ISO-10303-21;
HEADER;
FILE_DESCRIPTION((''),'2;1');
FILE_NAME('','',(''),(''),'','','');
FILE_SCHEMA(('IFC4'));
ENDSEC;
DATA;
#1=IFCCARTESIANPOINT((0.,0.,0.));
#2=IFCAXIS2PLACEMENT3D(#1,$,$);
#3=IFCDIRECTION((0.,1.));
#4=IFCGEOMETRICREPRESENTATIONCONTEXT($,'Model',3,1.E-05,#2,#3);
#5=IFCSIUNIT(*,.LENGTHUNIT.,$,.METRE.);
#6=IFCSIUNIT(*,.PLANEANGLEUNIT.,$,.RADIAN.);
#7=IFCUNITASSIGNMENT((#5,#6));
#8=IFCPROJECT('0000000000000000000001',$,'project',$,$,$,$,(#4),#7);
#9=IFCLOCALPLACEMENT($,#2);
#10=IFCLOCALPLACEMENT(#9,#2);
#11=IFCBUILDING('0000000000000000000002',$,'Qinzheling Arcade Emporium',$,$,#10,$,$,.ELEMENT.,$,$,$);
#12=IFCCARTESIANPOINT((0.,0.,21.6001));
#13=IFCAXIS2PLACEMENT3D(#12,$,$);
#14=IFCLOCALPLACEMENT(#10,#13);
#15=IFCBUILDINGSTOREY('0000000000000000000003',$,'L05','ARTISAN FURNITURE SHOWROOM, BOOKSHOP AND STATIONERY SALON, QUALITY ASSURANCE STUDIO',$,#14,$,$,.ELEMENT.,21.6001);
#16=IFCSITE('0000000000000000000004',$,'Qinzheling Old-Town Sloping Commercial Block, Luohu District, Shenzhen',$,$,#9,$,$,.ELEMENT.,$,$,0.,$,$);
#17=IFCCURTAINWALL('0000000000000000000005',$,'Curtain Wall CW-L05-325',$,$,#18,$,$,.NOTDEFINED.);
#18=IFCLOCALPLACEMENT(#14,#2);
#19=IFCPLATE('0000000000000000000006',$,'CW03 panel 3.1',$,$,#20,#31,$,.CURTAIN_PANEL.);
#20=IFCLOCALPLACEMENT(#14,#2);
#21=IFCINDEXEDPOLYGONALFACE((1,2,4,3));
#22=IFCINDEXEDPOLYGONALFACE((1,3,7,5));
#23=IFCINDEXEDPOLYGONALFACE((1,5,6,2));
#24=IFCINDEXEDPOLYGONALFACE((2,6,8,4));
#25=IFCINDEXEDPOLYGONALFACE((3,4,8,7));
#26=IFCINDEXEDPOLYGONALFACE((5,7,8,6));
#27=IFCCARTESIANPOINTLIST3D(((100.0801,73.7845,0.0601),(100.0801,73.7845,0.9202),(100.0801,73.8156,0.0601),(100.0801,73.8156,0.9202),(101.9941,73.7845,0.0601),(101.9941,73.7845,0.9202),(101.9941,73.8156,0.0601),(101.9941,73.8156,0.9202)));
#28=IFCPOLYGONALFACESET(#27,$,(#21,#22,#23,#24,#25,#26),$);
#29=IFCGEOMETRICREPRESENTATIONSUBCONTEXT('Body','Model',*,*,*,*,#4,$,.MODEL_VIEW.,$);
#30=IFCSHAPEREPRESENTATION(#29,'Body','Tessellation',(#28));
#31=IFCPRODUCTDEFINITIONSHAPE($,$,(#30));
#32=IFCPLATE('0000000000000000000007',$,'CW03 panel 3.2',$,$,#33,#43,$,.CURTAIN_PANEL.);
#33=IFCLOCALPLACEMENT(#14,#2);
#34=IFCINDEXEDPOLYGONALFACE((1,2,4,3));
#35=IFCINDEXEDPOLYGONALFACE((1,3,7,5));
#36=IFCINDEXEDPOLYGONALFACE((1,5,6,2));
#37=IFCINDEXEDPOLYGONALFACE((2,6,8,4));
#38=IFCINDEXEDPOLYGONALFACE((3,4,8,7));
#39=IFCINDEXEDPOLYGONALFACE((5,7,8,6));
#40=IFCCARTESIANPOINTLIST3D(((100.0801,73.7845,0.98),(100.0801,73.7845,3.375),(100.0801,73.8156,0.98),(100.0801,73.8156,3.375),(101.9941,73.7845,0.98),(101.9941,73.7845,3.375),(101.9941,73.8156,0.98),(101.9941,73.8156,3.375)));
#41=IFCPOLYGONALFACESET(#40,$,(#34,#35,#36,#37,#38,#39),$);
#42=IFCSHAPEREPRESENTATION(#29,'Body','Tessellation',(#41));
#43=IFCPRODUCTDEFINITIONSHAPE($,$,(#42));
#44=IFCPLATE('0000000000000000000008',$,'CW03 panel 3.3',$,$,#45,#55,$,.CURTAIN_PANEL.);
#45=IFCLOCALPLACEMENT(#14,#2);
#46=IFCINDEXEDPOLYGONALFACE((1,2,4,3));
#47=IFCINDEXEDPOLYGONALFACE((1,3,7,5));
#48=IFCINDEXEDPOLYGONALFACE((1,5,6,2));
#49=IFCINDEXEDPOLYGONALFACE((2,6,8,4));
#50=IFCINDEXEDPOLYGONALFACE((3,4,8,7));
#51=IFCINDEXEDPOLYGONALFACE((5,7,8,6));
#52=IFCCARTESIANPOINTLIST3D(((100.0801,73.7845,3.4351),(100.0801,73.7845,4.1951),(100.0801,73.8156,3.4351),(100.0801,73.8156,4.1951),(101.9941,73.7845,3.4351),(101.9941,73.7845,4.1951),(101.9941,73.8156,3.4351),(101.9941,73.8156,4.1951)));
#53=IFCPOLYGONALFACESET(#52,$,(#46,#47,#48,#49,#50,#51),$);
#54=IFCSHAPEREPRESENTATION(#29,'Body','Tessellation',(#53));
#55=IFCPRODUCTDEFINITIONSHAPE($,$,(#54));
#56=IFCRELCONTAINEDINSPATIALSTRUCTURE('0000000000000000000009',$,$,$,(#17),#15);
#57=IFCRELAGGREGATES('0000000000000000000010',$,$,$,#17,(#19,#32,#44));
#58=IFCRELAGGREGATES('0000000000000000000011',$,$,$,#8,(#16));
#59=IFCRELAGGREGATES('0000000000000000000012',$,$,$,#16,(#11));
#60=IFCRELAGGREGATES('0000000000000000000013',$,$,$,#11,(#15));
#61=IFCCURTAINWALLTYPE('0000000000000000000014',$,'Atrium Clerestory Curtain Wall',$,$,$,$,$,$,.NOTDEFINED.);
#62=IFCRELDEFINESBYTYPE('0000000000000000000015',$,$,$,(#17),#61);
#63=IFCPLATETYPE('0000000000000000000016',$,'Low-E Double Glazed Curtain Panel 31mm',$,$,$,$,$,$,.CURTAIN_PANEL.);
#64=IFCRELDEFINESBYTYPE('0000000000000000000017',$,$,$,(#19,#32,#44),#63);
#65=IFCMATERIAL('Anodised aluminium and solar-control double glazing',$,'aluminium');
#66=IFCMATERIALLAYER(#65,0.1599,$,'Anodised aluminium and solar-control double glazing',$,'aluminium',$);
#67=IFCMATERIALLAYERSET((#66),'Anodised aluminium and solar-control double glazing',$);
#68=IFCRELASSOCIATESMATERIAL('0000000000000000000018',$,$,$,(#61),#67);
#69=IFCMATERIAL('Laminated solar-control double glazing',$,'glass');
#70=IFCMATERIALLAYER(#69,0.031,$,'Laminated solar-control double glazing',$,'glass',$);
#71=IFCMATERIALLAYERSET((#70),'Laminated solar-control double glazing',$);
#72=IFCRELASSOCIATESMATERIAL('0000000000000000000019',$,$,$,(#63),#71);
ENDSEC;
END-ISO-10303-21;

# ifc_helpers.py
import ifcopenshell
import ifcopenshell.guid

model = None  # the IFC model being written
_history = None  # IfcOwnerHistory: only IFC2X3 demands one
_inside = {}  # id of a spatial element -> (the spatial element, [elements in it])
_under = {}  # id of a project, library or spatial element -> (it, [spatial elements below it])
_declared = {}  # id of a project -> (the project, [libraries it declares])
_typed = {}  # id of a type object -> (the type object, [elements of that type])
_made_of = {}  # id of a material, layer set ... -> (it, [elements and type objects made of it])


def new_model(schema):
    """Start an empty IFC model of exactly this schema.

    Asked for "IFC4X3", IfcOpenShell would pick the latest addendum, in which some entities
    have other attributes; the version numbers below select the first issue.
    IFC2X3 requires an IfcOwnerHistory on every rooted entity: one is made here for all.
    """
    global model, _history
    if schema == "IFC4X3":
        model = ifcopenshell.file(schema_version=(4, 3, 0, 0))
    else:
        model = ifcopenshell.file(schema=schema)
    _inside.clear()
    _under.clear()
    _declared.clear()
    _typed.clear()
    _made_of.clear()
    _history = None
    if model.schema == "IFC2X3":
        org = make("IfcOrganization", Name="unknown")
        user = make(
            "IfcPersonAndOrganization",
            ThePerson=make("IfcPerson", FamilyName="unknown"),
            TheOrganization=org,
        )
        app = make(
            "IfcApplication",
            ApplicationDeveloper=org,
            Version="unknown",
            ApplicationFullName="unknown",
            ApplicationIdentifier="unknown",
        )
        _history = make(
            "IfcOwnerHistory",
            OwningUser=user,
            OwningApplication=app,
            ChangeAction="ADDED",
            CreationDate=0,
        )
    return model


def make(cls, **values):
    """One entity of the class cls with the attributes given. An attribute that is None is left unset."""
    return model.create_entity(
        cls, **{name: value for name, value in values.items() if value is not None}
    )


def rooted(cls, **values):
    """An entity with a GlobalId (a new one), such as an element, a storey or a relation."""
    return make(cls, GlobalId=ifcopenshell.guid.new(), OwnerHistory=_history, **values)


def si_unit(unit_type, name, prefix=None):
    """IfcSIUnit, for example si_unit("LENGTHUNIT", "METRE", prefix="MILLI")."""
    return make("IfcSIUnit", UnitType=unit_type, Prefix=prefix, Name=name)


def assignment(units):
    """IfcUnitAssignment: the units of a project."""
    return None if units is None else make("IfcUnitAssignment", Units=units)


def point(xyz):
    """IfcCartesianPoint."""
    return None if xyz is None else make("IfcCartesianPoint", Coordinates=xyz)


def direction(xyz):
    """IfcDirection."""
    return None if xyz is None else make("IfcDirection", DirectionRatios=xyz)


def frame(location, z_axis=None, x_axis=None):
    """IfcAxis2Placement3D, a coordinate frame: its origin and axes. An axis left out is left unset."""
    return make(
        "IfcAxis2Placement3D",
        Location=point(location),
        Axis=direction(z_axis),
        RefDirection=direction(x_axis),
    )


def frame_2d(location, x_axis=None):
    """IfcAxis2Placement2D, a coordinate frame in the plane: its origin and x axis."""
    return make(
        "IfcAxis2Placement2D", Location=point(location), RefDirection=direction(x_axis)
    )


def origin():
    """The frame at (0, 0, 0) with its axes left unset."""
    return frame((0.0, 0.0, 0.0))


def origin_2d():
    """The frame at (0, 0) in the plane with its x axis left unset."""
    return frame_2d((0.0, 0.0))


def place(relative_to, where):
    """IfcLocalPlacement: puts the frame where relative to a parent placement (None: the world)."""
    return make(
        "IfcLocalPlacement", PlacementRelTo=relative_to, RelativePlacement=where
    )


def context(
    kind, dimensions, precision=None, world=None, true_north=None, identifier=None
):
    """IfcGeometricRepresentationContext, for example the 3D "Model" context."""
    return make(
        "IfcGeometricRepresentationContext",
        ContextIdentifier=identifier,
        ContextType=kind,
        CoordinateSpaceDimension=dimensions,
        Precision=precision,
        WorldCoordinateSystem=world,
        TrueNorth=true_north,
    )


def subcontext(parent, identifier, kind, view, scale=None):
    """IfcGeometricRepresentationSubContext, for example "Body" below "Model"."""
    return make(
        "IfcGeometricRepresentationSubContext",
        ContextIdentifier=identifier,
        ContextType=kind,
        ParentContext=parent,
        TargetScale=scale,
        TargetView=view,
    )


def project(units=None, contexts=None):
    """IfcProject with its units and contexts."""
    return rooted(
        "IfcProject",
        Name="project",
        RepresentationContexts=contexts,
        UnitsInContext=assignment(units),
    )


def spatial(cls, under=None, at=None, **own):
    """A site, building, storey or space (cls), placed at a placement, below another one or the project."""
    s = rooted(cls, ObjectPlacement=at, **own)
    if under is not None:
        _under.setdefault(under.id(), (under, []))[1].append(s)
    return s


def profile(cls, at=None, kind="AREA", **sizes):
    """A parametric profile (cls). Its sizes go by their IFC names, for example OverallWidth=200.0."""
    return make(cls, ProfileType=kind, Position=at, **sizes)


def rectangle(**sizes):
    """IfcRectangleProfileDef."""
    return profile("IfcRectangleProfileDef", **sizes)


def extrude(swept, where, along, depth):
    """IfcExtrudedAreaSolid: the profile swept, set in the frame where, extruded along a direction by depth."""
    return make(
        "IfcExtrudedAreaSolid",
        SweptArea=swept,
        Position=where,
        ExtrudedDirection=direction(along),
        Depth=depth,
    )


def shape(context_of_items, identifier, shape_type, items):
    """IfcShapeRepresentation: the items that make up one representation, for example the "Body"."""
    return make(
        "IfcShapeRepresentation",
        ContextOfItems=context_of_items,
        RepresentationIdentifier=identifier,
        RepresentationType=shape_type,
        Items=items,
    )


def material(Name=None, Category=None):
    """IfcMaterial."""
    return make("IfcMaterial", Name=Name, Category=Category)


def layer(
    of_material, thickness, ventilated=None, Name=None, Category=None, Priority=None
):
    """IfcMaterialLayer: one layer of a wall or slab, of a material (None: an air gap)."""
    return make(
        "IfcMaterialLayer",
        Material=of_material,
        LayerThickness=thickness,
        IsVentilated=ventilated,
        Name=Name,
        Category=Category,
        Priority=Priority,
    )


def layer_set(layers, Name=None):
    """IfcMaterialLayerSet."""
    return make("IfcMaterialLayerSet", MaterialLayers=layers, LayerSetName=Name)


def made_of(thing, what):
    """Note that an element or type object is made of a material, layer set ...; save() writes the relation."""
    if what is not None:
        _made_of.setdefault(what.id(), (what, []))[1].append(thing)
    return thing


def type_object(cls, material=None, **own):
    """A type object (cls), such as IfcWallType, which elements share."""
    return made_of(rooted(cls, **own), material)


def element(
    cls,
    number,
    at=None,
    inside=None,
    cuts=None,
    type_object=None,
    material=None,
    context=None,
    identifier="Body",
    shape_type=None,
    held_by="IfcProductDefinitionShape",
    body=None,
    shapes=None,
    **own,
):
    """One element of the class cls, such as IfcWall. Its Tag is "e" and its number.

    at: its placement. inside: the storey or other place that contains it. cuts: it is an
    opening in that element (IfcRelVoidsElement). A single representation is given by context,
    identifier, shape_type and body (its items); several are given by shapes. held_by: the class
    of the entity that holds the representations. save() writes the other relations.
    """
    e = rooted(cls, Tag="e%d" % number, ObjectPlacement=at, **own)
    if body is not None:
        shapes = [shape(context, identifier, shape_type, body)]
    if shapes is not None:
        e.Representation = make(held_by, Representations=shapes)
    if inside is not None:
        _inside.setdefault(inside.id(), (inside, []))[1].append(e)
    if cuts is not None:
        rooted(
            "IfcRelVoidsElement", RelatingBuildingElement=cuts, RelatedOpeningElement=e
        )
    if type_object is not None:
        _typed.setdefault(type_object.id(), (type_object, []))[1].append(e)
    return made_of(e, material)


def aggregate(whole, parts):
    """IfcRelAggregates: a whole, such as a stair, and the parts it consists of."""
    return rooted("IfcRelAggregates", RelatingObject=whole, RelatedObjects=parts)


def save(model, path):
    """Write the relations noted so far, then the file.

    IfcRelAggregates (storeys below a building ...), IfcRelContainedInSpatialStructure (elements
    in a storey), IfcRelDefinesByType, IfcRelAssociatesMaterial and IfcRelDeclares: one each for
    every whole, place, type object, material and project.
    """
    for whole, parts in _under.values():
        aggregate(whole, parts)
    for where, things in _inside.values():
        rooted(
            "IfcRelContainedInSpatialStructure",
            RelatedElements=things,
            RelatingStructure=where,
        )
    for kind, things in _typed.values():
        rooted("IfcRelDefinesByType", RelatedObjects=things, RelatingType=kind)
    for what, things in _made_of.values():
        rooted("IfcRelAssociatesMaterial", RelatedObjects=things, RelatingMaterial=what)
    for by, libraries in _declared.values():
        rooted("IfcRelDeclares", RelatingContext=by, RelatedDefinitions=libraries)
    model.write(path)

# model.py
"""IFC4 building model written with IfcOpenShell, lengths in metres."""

from ifc_helpers import new_model, si_unit, direction, frame, origin, origin_2d, place, context, subcontext, project, spatial, rectangle, extrude, material, layer, layer_set, type_object, element, aggregate, save


model = new_model("IFC4")

# Units and contexts
model_context = context("Model", 3, precision=1e-05, world=origin(), true_north=direction((0.0, 1.0)))
body_context = subcontext(model_context, "Body", "Model", "MODEL_VIEW")
ifc_project = project(units=[si_unit("LENGTHUNIT", "METRE"), si_unit("PLANEANGLEUNIT", "RADIAN")], contexts=[model_context])

# Site, building, storey
site_placement = place(None, origin())
site = spatial("IfcSite", under=ifc_project, at=site_placement, Name="Qinzheling Old-Town Sloping Commercial Block, Luohu District, Shenzhen", CompositionType="ELEMENT", RefElevation=0.0)
building_placement = place(site_placement, origin())
building = spatial("IfcBuilding", under=site, at=building_placement, Name="Qinzheling Arcade Emporium", CompositionType="ELEMENT")
storey_placement = place(building_placement, frame((0.0, 0.0, 21.6001)))
storey = spatial("IfcBuildingStorey", under=building, at=storey_placement, Name="L05", Description="ARTISAN FURNITURE SHOWROOM, BOOKSHOP AND STATIONERY SALON, QUALITY ASSURANCE STUDIO", CompositionType="ELEMENT", Elevation=21.6001)

# Shared definitions
ifc_material_1 = material(Name="Anodised aluminium and solar-control double glazing", Category="aluminium")
ifc_layer_1 = layer(ifc_material_1, 0.1599, Name="Anodised aluminium and solar-control double glazing", Category="aluminium")
ifc_layer_set_1 = layer_set([ifc_layer_1], Name="Anodised aluminium and solar-control double glazing")
curtain_wall_type = type_object("IfcCurtainWallType", Name="Atrium Clerestory Curtain Wall", PredefinedType="NOTDEFINED", material=ifc_layer_set_1)

# Curtain wall
curtain_wall_1_placement = place(storey_placement, origin())
curtain_wall_1 = element("IfcCurtainWall", 1, at=curtain_wall_1_placement, inside=storey, type_object=curtain_wall_type, Name="Curtain Wall CW-L05-325", PredefinedType="NOTDEFINED")

# Plates
ifc_material_2 = material(Name="Laminated solar-control double glazing", Category="glass")
ifc_layer_2 = layer(ifc_material_2, 0.031, Name="Laminated solar-control double glazing", Category="glass")
ifc_layer_set_2 = layer_set([ifc_layer_2], Name="Laminated solar-control double glazing")
plate_type_1 = type_object("IfcPlateType", Name="Low-E Double Glazed Curtain Panel 31mm", PredefinedType="CURTAIN_PANEL", material=ifc_layer_set_2)
plate_1_placement = place(storey_placement, frame((101.0371, 73.8, 0.0601), z_axis=(0.0, 0.0, 1.0), x_axis=(1.0, 0.0, 0.0)))
plate_1 = element("IfcPlate", 2, at=plate_1_placement, type_object=plate_type_1, Name="CW03 panel 3.1", PredefinedType="CURTAIN_PANEL", context=body_context, shape_type="SweptSolid", body=[
    extrude(rectangle(XDim=1.9141, YDim=0.031, at=origin_2d()), origin(), (0.0, 0.0, 1.0), 0.8601),
])
plate_2_placement = place(storey_placement, frame((101.0371, 73.8, 0.98), z_axis=(0.0, 0.0, 1.0), x_axis=(1.0, 0.0, 0.0)))
plate_2 = element("IfcPlate", 3, at=plate_2_placement, type_object=plate_type_1, Name="CW03 panel 3.2", PredefinedType="CURTAIN_PANEL", context=body_context, shape_type="SweptSolid", body=[
    extrude(rectangle(XDim=1.9141, YDim=0.031, at=origin_2d()), origin(), (0.0, 0.0, 1.0), 2.395),
])
plate_3_placement = place(storey_placement, frame((101.0371, 73.8, 3.4351), z_axis=(0.0, 0.0, 1.0), x_axis=(1.0, 0.0, 0.0)))
plate_3 = element("IfcPlate", 4, at=plate_3_placement, type_object=plate_type_1, Name="CW03 panel 3.3", PredefinedType="CURTAIN_PANEL", context=body_context, shape_type="SweptSolid", body=[
    extrude(rectangle(XDim=1.9141, YDim=0.031, at=origin_2d()), origin(), (0.0, 0.0, 1.0), 0.76),
])
aggregate(curtain_wall_1, [plate_1, plate_2, plate_3])

save(model, "model.ifc")
